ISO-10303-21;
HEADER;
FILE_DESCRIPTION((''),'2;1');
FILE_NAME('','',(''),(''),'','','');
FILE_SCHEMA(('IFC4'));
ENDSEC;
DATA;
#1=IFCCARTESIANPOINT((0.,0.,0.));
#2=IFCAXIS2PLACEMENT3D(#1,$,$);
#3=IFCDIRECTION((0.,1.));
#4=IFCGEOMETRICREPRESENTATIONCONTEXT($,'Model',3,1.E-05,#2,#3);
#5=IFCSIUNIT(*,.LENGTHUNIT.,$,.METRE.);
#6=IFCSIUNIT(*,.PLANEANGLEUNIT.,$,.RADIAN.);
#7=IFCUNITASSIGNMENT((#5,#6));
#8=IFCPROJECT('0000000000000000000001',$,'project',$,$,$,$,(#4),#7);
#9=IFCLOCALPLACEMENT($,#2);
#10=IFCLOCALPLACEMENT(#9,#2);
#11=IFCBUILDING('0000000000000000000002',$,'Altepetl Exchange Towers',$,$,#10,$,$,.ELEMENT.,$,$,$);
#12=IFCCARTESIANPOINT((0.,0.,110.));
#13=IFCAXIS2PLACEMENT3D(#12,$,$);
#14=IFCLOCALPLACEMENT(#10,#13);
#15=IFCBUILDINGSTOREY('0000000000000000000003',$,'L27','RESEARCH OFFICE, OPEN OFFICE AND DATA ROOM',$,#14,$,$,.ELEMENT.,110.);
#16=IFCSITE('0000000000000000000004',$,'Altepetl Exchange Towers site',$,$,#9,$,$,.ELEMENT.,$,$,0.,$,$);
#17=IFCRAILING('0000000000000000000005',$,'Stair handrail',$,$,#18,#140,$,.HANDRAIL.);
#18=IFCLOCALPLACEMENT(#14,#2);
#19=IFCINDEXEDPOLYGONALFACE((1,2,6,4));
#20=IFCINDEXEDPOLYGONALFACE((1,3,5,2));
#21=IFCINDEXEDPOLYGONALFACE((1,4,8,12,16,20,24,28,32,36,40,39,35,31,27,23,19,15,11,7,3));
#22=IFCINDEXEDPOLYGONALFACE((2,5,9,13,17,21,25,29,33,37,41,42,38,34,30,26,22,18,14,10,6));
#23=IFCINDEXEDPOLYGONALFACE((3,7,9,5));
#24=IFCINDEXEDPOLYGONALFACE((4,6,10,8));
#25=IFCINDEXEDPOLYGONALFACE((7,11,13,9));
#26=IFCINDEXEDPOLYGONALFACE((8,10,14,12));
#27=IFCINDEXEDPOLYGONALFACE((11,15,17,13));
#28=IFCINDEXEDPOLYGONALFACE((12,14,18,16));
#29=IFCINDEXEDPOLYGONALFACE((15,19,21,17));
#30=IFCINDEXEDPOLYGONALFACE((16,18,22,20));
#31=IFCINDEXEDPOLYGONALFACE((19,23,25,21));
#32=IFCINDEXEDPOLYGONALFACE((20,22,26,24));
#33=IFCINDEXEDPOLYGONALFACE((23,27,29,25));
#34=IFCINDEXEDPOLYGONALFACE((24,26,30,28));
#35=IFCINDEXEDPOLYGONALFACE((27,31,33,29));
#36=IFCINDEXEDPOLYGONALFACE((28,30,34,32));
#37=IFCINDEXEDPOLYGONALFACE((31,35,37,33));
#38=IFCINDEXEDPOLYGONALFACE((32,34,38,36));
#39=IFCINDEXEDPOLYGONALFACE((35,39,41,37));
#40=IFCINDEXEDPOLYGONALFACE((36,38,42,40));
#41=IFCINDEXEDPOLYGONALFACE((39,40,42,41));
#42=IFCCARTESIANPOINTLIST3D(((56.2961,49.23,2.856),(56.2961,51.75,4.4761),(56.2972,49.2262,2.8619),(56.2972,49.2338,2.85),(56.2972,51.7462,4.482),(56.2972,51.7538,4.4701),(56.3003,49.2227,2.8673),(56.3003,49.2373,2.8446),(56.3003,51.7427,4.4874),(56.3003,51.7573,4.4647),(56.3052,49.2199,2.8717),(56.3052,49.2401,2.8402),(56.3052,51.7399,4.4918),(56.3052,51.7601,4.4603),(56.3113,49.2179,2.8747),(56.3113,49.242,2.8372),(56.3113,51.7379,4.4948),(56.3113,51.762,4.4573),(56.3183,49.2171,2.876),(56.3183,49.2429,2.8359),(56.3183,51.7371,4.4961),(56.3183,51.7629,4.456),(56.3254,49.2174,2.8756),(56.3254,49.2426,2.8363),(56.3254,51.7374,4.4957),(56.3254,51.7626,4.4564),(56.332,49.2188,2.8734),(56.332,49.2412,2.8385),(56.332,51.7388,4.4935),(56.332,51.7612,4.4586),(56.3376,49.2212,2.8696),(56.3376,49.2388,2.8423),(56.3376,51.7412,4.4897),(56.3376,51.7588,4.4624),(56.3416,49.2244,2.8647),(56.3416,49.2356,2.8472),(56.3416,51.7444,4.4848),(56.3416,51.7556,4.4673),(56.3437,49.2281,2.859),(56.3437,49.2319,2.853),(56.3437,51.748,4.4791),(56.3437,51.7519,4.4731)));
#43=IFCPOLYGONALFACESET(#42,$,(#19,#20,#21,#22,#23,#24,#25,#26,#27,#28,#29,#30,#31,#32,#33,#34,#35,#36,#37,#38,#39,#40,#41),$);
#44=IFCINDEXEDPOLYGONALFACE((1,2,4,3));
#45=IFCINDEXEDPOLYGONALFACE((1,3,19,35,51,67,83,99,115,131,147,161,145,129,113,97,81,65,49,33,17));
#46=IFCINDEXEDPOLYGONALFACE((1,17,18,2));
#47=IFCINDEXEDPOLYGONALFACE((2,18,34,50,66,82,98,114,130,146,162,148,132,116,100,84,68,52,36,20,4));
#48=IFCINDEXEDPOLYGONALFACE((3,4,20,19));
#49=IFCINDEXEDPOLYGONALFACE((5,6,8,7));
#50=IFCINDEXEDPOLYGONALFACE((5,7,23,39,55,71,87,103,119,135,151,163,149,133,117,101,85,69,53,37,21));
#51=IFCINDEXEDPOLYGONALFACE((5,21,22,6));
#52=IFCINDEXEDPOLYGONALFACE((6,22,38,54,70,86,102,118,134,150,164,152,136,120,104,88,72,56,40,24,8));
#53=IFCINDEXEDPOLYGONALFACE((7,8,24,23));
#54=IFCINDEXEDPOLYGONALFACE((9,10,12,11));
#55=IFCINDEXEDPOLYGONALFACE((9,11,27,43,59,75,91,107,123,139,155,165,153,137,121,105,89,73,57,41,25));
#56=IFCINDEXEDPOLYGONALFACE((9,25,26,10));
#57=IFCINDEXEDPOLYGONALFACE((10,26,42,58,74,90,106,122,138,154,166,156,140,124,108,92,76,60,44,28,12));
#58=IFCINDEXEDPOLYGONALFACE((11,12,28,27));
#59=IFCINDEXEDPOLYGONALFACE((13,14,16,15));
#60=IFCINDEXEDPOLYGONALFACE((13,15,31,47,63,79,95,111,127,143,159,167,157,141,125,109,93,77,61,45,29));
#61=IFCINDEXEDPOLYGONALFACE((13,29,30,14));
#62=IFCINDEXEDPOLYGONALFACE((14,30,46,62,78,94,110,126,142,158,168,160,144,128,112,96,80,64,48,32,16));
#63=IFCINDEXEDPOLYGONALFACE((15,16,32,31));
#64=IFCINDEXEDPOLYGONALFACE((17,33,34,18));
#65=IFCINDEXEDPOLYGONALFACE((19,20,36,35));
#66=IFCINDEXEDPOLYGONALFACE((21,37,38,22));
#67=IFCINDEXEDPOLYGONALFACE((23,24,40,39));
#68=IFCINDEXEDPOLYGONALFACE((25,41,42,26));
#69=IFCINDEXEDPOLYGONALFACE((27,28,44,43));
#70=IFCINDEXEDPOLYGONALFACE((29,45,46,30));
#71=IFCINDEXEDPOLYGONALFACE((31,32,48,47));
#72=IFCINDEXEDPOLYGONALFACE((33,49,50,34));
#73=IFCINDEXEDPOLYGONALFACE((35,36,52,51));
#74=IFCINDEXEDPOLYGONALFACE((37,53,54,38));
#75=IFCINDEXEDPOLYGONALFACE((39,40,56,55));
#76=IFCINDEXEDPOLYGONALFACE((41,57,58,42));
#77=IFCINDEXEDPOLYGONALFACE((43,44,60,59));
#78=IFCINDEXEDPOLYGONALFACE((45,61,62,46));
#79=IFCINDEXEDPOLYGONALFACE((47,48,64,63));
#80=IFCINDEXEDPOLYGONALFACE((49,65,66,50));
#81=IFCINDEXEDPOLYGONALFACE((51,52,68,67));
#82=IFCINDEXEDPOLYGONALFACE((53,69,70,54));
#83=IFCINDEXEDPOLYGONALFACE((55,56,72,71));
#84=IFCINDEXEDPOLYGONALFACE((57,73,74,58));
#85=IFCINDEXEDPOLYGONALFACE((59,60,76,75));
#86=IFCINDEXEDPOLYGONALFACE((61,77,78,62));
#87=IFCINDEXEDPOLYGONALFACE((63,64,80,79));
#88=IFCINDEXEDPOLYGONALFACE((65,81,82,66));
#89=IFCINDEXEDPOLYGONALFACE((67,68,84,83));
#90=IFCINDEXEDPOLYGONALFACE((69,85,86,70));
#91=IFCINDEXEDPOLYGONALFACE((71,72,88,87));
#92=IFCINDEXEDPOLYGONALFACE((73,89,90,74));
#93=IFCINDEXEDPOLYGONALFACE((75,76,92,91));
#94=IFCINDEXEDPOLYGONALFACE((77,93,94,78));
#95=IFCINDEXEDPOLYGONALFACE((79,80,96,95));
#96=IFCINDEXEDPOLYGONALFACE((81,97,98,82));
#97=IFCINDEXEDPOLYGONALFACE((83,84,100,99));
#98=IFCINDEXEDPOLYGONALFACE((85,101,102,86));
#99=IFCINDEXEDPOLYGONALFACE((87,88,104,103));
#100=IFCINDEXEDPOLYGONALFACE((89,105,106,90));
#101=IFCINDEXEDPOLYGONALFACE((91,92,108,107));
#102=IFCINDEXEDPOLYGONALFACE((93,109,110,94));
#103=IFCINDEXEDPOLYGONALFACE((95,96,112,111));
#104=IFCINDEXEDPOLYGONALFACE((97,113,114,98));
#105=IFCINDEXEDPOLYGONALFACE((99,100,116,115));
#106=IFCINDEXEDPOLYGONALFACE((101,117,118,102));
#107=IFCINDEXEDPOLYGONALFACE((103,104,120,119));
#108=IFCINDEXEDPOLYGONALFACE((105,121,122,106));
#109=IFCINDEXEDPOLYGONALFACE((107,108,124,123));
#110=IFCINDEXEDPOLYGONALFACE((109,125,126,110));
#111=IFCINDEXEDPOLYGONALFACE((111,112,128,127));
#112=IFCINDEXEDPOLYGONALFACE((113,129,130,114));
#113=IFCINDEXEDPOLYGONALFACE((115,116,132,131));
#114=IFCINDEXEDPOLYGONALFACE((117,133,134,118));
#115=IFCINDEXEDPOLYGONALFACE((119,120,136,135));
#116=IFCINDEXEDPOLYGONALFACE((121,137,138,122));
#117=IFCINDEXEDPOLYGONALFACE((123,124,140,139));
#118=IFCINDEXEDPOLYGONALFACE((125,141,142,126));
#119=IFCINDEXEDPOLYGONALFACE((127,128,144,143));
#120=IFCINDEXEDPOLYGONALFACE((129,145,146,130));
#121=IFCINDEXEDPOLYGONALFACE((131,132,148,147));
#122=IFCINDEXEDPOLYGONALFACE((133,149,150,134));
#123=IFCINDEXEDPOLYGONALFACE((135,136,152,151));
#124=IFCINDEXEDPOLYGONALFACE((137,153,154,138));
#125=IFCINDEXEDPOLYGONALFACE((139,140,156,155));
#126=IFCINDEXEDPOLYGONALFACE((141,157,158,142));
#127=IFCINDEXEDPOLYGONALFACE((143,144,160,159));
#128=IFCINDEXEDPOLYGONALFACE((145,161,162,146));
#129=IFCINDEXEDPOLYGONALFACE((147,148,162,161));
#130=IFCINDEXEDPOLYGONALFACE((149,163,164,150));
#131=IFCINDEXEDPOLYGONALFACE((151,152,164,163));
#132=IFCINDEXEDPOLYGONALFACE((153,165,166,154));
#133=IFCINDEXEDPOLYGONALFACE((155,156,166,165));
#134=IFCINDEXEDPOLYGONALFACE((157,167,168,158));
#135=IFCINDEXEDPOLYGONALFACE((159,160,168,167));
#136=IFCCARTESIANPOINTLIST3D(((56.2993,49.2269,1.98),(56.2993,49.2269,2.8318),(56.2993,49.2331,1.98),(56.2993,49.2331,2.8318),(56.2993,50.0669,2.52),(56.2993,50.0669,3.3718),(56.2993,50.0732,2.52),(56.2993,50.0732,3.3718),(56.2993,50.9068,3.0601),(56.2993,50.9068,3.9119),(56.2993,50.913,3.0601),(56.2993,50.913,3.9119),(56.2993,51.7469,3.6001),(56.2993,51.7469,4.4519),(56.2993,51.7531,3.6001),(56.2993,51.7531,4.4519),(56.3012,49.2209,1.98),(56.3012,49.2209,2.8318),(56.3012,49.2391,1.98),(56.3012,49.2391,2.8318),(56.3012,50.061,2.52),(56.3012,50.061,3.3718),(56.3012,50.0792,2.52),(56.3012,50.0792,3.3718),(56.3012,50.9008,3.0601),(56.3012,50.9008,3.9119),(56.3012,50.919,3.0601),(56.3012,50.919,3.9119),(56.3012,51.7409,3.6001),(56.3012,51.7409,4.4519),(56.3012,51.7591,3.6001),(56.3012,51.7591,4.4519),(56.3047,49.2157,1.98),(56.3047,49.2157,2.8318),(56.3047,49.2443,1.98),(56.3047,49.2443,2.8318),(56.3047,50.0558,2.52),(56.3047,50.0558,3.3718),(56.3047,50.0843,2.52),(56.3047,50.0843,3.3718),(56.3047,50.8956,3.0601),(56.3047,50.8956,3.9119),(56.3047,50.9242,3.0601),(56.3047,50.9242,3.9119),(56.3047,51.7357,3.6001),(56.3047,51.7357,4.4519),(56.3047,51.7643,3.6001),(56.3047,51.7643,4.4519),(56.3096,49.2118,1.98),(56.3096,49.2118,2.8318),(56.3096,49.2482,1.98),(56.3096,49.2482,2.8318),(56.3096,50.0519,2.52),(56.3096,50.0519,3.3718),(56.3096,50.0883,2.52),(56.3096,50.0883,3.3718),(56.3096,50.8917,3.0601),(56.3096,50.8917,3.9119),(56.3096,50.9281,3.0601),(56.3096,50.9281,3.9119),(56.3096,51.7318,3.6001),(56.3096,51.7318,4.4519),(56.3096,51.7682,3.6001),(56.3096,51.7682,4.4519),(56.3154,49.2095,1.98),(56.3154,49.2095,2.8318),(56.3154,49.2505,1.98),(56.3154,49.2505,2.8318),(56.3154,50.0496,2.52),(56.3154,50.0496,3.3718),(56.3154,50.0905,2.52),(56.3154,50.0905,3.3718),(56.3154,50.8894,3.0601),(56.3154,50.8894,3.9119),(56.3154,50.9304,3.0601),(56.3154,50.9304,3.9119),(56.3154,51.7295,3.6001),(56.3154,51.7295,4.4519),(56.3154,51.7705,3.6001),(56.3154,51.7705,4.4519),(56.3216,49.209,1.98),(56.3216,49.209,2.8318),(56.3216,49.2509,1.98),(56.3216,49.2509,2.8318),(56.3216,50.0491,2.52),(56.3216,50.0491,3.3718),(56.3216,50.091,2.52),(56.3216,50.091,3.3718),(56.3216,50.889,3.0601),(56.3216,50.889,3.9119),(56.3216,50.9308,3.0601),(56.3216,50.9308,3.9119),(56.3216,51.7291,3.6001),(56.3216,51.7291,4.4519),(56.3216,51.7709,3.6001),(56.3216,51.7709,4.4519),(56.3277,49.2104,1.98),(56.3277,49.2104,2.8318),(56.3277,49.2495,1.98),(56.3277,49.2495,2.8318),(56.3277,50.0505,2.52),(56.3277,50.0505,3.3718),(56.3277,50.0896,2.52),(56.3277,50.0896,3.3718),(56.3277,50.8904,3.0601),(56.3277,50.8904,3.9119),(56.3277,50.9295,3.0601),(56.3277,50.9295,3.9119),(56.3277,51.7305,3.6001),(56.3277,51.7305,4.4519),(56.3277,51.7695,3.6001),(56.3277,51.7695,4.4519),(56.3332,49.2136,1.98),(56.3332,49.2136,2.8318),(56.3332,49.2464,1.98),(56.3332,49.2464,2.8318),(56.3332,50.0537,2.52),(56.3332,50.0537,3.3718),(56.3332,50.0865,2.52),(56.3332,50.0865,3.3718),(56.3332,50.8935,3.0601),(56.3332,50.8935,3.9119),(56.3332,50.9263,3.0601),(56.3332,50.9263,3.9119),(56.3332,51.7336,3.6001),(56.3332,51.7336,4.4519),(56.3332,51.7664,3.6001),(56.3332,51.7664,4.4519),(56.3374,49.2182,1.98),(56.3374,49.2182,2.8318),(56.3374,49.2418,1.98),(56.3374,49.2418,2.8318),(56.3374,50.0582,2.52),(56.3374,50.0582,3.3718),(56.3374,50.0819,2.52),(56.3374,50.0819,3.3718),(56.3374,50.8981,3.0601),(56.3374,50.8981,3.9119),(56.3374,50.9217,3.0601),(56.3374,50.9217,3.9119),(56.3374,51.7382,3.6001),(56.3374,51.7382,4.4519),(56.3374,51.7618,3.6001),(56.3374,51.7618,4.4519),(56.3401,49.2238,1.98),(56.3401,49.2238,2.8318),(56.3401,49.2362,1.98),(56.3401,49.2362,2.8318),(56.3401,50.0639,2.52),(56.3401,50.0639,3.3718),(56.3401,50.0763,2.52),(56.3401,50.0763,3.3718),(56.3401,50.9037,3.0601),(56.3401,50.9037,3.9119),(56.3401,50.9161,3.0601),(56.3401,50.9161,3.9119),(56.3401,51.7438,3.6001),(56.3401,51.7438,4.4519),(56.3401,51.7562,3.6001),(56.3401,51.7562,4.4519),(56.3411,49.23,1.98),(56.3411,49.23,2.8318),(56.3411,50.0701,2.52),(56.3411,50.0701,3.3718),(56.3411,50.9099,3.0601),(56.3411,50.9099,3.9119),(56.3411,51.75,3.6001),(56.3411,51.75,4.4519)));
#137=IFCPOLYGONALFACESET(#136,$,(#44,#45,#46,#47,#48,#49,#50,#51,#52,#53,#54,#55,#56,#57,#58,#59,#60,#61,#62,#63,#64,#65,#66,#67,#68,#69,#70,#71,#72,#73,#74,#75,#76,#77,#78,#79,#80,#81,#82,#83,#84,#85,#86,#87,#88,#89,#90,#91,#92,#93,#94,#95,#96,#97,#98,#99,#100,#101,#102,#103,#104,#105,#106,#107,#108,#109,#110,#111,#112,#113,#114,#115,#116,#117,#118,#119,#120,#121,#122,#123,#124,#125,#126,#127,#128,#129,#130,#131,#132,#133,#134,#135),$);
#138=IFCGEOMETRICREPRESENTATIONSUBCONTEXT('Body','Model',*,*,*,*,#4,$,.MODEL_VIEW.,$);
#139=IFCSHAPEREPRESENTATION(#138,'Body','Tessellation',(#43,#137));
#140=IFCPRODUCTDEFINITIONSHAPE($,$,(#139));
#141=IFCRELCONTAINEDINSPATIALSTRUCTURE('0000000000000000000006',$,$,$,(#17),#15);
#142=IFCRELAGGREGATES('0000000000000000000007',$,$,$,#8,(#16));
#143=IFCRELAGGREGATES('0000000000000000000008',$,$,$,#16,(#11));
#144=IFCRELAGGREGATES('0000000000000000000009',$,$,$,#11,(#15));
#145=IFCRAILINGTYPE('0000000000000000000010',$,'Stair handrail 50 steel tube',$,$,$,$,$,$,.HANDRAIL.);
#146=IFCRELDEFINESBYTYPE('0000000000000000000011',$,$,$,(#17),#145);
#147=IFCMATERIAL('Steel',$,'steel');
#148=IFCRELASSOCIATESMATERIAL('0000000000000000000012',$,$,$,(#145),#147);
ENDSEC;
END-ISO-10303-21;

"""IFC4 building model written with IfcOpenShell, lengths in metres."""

from ifc_helpers import new_model, si_unit, direction, frame, origin, origin_2d, place, context, subcontext, project, spatial, circle, extrude, source, transform, mapped, material, type_object, element, save


model = new_model("IFC4")

# Units and contexts
model_context = context("Model", 3, precision=1e-05, world=origin(), true_north=direction((0.0, 1.0)))
body_context = subcontext(model_context, "Body", "Model", "MODEL_VIEW")
ifc_project = project(units=[si_unit("LENGTHUNIT", "METRE"), si_unit("PLANEANGLEUNIT", "RADIAN")], contexts=[model_context])

# Site, building, storey
site_placement = place(None, origin())
site = spatial("IfcSite", under=ifc_project, at=site_placement, Name="Altepetl Exchange Towers site", CompositionType="ELEMENT", RefElevation=0.0)
building_placement = place(site_placement, origin())
building = spatial("IfcBuilding", under=site, at=building_placement, Name="Altepetl Exchange Towers", CompositionType="ELEMENT")
storey_placement = place(building_placement, frame((0.0, 0.0, 110.0)))
storey = spatial("IfcBuildingStorey", under=building, at=storey_placement, Name="L27", Description="RESEARCH OFFICE, OPEN OFFICE AND DATA ROOM", CompositionType="ELEMENT", Elevation=110.0)

# Railing
ifc_material_1 = material(Name="Steel", Category="steel")
railing_type = type_object("IfcRailingType", Name="Stair handrail 50 steel tube", PredefinedType="HANDRAIL", material=ifc_material_1)
shared_shape = source(origin(), body_context, "Body", "SweptSolid", [
    extrude(circle(Radius=0.021, at=origin_2d()), origin(), (0.0, 0.0, 1.0), 0.8518),
])
railing_placement = place(storey_placement, frame((56.3201, 49.23, 1.98)))
element("IfcRailing", 1, at=railing_placement, inside=storey, type_object=railing_type, Name="Stair handrail", PredefinedType="HANDRAIL", context=body_context, shape_type="SweptSolid", body=[
    extrude(circle(Radius=0.0239, at=origin_2d()), frame((0.0, 0.0, 0.876), z_axis=(0.0, 0.841163, 0.540782), x_axis=(-1.0, 0.0, 0.0)), (0.0, 0.0, 1.0), 2.9958),
    mapped(shared_shape, transform((0.0, 0.0, 0.0))),
    mapped(shared_shape, transform((0.0, 0.8401, 0.54))),
    mapped(shared_shape, transform((0.0, 1.6799, 1.0801))),
    mapped(shared_shape, transform((0.0, 2.52, 1.6201))),
])

save(model, "model.ifc")
